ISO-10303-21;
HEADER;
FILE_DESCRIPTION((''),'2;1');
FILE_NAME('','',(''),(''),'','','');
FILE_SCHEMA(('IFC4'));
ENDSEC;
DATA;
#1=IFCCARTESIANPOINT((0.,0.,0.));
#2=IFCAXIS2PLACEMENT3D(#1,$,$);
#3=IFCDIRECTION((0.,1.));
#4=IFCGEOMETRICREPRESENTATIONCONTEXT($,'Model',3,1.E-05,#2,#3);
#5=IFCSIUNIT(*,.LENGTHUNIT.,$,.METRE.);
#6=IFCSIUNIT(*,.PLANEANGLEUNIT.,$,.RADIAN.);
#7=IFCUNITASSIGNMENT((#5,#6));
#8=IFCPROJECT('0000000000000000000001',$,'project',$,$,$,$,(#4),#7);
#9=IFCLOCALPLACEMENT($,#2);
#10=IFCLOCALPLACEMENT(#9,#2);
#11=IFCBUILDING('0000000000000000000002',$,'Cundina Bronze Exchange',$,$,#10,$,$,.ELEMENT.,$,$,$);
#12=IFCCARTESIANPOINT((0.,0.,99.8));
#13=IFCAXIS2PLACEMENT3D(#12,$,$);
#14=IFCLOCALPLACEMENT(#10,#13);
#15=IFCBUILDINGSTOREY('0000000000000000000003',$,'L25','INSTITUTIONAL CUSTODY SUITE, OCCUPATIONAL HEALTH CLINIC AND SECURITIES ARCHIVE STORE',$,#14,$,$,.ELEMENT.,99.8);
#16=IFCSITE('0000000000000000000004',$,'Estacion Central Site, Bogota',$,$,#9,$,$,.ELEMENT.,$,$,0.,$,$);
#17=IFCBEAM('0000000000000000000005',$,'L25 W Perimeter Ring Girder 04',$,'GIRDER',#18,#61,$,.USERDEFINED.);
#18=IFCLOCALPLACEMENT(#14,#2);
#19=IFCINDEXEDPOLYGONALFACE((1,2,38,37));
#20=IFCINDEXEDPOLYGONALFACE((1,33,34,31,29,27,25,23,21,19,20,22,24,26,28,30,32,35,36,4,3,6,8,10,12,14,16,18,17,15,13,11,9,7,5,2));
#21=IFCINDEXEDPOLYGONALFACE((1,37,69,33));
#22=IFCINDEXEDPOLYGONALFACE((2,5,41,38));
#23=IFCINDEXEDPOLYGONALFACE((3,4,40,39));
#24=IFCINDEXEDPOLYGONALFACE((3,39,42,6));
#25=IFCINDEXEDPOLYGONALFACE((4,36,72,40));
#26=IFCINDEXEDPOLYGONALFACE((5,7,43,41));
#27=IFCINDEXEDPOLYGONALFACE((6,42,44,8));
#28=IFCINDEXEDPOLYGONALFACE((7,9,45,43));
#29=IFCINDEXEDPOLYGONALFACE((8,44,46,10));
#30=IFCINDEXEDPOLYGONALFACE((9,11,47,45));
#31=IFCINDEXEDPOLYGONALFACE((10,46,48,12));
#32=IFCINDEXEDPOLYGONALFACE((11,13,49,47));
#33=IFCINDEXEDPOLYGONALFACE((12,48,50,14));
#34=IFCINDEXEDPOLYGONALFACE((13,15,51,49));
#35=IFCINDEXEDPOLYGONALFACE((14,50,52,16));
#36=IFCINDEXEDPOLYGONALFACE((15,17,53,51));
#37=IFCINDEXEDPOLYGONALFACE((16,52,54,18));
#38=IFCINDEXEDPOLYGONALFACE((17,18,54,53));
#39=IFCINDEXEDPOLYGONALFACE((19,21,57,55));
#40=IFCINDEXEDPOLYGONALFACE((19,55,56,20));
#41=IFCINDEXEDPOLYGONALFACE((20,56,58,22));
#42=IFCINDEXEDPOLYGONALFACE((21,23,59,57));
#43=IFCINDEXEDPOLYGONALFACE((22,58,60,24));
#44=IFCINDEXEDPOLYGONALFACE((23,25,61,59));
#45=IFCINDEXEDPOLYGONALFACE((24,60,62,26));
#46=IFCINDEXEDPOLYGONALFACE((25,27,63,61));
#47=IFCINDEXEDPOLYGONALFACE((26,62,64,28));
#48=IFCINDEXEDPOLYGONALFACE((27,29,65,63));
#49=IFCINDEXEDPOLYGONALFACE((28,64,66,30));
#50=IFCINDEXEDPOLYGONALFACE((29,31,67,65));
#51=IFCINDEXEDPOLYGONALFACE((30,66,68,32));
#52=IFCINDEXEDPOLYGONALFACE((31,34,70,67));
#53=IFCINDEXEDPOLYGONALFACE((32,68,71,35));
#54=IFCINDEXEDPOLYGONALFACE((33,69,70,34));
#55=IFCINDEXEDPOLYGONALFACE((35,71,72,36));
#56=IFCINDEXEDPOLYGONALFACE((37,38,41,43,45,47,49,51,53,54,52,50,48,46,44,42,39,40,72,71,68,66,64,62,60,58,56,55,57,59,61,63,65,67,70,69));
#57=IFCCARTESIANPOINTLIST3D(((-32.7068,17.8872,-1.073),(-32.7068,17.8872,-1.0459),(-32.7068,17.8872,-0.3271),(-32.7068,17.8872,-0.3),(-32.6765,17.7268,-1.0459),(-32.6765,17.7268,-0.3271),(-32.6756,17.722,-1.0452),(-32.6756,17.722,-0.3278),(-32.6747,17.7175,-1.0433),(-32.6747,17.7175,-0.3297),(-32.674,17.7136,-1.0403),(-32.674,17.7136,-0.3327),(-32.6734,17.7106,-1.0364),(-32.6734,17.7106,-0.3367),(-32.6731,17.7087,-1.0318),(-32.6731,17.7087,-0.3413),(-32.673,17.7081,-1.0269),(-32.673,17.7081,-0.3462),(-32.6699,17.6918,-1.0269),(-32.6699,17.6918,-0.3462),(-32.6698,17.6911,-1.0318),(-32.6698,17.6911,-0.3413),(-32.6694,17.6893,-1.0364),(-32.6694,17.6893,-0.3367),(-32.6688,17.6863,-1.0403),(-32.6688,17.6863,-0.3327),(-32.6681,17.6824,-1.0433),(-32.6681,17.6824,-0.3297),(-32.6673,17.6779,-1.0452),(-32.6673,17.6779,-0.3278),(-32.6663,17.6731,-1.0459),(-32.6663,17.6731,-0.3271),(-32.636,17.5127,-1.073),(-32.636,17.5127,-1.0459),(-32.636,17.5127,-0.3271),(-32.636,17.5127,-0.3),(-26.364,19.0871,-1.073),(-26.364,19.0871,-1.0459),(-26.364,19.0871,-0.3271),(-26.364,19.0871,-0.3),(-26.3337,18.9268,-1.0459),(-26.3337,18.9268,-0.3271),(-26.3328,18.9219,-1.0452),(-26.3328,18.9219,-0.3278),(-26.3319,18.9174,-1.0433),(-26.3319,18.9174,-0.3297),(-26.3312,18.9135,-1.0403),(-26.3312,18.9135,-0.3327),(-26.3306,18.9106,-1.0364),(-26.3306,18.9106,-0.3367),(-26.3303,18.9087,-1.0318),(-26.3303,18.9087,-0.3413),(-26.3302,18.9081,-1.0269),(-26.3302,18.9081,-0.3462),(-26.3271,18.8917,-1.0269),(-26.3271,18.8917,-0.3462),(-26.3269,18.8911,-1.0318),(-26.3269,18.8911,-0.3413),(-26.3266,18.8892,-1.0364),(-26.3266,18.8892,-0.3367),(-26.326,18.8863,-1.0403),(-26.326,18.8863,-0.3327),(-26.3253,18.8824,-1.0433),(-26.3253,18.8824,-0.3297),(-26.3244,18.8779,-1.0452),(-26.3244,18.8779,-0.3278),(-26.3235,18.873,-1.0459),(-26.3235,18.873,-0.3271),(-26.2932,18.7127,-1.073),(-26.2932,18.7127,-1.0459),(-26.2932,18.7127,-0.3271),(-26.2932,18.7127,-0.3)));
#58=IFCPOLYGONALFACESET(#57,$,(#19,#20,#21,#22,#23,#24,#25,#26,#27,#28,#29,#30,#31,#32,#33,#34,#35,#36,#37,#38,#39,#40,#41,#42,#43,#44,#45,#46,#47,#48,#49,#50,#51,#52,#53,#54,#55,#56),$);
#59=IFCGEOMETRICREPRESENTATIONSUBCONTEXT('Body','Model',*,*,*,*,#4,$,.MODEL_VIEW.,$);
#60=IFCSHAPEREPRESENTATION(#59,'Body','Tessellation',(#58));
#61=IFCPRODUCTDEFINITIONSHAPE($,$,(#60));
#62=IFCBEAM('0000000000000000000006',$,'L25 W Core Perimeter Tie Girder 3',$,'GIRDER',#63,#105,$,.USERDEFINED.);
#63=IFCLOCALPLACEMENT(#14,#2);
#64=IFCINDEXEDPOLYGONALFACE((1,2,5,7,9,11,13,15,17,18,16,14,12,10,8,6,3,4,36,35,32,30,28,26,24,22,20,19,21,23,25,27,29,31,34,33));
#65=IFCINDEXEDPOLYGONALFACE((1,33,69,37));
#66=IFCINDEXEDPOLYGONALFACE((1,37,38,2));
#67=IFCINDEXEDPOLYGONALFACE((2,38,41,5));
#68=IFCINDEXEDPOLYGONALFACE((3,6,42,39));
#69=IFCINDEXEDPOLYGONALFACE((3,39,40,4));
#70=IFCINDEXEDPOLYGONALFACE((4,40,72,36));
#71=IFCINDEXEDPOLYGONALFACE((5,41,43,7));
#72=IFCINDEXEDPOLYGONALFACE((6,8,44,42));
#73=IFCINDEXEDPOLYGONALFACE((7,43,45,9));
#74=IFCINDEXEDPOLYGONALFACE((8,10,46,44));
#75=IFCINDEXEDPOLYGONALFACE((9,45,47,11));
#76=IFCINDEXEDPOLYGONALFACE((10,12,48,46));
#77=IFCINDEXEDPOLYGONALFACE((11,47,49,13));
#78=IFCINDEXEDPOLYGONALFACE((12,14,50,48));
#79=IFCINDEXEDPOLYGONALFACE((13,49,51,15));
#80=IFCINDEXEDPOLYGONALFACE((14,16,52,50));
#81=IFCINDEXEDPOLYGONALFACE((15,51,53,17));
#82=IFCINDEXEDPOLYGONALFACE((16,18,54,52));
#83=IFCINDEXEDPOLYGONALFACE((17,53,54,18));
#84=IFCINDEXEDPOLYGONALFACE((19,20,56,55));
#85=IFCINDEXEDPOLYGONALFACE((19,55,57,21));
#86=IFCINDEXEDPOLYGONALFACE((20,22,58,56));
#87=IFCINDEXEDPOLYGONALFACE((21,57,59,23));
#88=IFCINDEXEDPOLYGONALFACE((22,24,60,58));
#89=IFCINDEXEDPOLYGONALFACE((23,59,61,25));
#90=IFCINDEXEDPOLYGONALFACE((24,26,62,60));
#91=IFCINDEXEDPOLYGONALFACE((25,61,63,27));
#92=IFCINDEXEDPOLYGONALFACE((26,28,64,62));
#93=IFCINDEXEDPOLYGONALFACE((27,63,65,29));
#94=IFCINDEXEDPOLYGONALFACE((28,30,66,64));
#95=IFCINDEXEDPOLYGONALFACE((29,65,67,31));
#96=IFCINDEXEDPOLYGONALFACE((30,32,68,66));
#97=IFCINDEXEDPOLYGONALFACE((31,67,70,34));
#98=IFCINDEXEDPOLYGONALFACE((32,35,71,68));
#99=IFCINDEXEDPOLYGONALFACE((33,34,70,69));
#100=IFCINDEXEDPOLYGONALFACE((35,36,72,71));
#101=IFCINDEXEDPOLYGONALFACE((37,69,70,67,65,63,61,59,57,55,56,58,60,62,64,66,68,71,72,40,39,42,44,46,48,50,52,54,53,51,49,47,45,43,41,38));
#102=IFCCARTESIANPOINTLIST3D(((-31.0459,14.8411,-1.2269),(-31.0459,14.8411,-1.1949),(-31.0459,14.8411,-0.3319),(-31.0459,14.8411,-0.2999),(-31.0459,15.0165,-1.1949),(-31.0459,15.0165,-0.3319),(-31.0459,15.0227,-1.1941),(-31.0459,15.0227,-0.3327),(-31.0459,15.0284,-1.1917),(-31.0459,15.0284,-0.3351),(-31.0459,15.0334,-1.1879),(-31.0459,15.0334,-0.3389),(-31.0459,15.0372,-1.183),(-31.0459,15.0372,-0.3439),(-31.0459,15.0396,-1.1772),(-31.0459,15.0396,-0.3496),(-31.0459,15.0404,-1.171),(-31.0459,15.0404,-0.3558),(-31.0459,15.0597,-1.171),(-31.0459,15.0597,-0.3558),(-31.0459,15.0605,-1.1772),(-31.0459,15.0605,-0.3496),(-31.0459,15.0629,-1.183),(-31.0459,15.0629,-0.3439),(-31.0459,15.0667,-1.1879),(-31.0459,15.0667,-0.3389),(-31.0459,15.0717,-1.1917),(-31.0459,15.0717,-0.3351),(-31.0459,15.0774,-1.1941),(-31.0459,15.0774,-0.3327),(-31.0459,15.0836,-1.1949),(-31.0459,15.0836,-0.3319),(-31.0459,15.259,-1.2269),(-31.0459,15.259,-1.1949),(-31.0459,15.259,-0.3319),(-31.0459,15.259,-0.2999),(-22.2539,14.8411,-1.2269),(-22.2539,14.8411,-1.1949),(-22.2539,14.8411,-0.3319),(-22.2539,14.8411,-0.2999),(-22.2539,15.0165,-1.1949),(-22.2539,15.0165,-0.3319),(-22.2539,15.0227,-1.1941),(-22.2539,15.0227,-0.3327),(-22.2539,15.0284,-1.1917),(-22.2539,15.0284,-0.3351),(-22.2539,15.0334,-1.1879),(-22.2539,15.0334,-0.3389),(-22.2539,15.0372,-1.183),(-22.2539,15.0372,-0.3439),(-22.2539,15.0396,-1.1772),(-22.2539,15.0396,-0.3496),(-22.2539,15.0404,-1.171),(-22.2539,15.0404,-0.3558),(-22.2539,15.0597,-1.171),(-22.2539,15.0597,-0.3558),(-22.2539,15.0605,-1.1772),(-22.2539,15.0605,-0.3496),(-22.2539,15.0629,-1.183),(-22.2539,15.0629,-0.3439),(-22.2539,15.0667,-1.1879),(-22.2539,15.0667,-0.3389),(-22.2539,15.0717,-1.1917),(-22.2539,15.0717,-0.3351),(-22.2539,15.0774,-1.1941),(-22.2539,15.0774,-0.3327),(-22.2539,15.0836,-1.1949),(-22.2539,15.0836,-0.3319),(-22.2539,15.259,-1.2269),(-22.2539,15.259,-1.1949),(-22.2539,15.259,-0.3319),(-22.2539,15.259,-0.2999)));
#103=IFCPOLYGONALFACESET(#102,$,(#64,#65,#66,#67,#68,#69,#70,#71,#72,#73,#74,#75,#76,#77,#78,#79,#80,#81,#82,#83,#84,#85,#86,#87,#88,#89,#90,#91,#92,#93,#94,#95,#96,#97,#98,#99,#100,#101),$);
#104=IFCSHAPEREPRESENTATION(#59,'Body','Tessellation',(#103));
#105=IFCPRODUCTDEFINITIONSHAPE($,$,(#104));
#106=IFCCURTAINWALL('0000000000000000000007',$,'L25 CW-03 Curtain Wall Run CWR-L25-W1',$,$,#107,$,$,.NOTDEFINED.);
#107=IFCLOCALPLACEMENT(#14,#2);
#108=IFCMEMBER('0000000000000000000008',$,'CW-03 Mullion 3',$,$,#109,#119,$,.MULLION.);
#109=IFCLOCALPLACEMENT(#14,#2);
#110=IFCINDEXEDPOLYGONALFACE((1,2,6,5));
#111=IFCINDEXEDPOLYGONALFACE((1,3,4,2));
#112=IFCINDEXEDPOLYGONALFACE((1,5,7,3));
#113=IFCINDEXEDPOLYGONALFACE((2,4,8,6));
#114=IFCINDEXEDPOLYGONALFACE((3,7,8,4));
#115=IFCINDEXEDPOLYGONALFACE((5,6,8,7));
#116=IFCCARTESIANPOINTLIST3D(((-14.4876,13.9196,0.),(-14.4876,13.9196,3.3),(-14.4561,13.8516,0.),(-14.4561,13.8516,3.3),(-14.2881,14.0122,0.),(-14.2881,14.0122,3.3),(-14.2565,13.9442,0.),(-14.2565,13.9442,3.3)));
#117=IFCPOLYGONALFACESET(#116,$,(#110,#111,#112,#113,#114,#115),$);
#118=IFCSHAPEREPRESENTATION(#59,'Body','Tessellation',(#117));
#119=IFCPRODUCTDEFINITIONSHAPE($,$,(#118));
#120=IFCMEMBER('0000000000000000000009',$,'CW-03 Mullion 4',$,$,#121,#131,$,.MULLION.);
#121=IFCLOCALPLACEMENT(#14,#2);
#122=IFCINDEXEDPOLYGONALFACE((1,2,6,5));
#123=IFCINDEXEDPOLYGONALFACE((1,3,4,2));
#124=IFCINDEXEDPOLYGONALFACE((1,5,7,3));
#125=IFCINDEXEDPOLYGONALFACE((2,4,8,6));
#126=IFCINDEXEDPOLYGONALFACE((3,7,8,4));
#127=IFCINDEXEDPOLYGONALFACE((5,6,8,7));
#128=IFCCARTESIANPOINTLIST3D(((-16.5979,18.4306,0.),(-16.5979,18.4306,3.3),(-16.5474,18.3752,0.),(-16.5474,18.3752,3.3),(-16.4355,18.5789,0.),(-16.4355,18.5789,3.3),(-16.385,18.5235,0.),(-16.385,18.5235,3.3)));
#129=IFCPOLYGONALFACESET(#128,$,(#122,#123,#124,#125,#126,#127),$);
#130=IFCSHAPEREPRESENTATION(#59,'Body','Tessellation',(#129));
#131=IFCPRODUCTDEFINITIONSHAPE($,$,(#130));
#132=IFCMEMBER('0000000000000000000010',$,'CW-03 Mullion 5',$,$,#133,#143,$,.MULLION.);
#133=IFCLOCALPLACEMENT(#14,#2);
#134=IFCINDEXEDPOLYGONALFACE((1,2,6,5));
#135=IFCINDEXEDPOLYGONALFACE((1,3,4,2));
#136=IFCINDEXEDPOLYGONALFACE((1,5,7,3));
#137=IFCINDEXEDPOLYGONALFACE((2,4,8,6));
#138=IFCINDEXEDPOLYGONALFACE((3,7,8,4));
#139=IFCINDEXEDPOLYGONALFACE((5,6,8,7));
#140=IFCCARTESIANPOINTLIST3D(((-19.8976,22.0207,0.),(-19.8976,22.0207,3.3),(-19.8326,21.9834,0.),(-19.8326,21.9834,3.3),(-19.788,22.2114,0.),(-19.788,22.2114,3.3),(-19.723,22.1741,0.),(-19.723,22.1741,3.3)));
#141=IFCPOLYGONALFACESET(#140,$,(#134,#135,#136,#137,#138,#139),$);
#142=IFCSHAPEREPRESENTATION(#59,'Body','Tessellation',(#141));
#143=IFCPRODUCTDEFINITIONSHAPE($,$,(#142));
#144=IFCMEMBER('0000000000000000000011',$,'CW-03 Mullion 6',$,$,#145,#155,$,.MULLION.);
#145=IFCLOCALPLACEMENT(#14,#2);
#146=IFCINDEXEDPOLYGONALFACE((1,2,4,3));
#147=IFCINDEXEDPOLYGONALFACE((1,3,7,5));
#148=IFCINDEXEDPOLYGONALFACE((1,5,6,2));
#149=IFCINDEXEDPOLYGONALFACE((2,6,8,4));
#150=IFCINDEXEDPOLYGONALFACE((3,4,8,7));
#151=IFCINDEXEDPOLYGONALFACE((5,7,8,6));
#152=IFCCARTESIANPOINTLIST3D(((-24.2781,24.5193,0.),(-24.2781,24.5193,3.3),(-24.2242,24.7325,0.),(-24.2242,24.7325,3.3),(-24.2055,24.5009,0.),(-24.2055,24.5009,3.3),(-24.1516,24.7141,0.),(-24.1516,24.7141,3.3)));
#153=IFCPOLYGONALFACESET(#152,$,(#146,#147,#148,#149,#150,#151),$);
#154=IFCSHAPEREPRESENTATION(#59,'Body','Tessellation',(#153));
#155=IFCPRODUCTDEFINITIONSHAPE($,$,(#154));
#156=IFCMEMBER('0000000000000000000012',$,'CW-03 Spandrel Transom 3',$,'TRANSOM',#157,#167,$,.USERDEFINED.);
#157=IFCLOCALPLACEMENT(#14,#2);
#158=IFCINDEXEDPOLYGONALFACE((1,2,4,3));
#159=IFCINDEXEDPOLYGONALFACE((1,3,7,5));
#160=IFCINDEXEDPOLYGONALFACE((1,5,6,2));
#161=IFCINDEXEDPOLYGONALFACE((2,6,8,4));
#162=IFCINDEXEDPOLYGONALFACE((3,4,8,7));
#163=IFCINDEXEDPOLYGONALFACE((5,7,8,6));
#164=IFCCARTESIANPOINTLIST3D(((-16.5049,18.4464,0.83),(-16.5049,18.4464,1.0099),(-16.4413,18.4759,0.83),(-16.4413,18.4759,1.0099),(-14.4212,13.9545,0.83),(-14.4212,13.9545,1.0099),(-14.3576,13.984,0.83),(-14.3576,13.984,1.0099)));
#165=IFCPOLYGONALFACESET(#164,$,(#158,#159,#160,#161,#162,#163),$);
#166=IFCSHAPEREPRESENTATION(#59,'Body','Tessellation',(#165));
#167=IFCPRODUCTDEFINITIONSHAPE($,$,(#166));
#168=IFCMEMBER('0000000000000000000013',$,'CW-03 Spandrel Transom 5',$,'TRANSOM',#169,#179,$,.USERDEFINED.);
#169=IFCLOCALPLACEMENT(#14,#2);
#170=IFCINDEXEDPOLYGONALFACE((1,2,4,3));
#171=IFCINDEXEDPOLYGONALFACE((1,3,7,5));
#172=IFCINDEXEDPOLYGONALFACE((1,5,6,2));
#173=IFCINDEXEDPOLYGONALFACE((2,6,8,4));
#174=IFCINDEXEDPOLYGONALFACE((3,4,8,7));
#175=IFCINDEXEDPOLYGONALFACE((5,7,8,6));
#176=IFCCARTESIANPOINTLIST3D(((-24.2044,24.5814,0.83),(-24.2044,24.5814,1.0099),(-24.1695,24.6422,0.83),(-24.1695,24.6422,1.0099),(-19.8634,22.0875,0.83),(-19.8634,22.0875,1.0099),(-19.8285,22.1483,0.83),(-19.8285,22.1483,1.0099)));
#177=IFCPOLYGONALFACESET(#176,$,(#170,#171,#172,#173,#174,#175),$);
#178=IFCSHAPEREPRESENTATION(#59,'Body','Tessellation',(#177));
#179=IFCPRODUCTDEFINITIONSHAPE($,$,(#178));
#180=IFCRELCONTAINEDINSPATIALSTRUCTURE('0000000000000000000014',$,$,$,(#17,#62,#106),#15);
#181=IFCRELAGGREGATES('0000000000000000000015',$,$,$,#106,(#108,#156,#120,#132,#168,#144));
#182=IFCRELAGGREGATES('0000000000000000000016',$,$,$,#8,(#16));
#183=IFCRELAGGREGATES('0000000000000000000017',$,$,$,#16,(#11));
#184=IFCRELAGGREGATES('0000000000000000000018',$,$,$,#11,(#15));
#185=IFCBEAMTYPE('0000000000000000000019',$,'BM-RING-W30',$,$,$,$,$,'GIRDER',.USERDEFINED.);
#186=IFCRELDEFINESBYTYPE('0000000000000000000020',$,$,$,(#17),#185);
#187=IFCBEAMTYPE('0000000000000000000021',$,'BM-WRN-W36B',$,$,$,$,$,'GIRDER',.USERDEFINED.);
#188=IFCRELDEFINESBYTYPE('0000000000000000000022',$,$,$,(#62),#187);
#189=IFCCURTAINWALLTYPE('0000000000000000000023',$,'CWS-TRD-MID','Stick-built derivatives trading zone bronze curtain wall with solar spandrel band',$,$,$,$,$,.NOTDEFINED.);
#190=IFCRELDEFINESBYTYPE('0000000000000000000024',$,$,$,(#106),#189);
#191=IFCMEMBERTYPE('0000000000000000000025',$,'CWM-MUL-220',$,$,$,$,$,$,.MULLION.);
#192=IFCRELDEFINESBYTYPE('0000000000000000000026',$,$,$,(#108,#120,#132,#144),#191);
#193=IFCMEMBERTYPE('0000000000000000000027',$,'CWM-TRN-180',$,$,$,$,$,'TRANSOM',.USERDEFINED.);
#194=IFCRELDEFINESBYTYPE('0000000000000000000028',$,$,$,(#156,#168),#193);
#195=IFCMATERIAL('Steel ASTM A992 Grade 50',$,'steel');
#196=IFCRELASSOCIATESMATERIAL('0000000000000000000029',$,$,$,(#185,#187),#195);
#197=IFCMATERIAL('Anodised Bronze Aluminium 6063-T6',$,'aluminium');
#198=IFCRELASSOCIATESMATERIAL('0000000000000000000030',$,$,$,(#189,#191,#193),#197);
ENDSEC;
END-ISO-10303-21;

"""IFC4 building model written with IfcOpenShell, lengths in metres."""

from ifc_helpers import new_model, si_unit, direction, frame, origin, origin_2d, place, context, subcontext, project, spatial, rectangle, i_section, extrude, material, material_profile, profile_set, type_object, element, aggregate, save


model = new_model("IFC4")

# Units and contexts
model_context = context("Model", 3, precision=1e-05, world=origin(), true_north=direction((0.0, 1.0)))
body_context = subcontext(model_context, "Body", "Model", "MODEL_VIEW")
ifc_project = project(units=[si_unit("LENGTHUNIT", "METRE"), si_unit("PLANEANGLEUNIT", "RADIAN")], contexts=[model_context])

# Site, building, storey
site_placement = place(None, origin())
site = spatial("IfcSite", under=ifc_project, at=site_placement, Name="Estacion Central Site, Bogota", CompositionType="ELEMENT", RefElevation=0.0)
building_placement = place(site_placement, origin())
building = spatial("IfcBuilding", under=site, at=building_placement, Name="Cundina Bronze Exchange", CompositionType="ELEMENT")
storey_placement = place(building_placement, frame((0.0, 0.0, 99.8)))
storey = spatial("IfcBuildingStorey", under=building, at=storey_placement, Name="L25", Description="INSTITUTIONAL CUSTODY SUITE, OCCUPATIONAL HEALTH CLINIC AND SECURITIES ARCHIVE STORE", CompositionType="ELEMENT", Elevation=99.8)

# Shared definitions
ifc_material_1 = material(Name="Steel ASTM A992 Grade 50", Category="steel")

# Beams
ifc_material_profile_1 = material_profile(ifc_material_1, i_section(OverallWidth=0.3811, OverallDepth=0.7729, WebThickness=0.0166, FlangeThickness=0.0271, FilletRadius=0.019, at=origin_2d()), Name="W30X173", Category="steel")
ifc_profile_set_1 = profile_set([ifc_material_profile_1], Name="Steel ASTM A992 Grade 50")
beam_type_1 = type_object("IfcBeamType", Name="BM-RING-W30", ElementType="GIRDER", PredefinedType="USERDEFINED", material=ifc_profile_set_1)
beam_1_placement = place(storey_placement, frame((-26.3286, 18.8999, -0.6865), z_axis=(-0.982571, -0.185887, 0.0), x_axis=(0.185887, -0.982571, 0.0)))
element("IfcBeam", 1, at=beam_1_placement, inside=storey, type_object=beam_type_1, Name="L25 W Perimeter Ring Girder 04", ObjectType="GIRDER", PredefinedType="USERDEFINED", context=body_context, shape_type="SweptSolid", body=[
    extrude(i_section(OverallWidth=0.3811, OverallDepth=0.7729, WebThickness=0.0166, FlangeThickness=0.0271, FilletRadius=0.019, at=origin_2d()), origin(), (0.0, 0.0, 1.0), 6.4553),
])
ifc_material_profile_2 = material_profile(ifc_material_1, i_section(OverallWidth=0.418, OverallDepth=0.927, WebThickness=0.0193, FlangeThickness=0.032, FilletRadius=0.0239, at=origin_2d()), Name="W36X231", Category="steel")
ifc_profile_set_2 = profile_set([ifc_material_profile_2], Name="Steel ASTM A992 Grade 50")
beam_type_2 = type_object("IfcBeamType", Name="BM-WRN-W36B", ElementType="GIRDER", PredefinedType="USERDEFINED", material=ifc_profile_set_2)
beam_2_placement = place(storey_placement, frame((-22.2539, 15.05, -0.7634), z_axis=(-1.0, 0.0, 0.0), x_axis=(0.0, -1.0, 0.0)))
element("IfcBeam", 2, at=beam_2_placement, inside=storey, type_object=beam_type_2, Name="L25 W Core Perimeter Tie Girder 3", ObjectType="GIRDER", PredefinedType="USERDEFINED", context=body_context, shape_type="SweptSolid", body=[
    extrude(i_section(OverallWidth=0.418, OverallDepth=0.927, WebThickness=0.0193, FlangeThickness=0.032, FilletRadius=0.0239, at=origin_2d()), origin(), (0.0, 0.0, 1.0), 8.792),
])

# Curtain wall, members
ifc_material_2 = material(Name="Anodised Bronze Aluminium 6063-T6", Category="aluminium")
curtain_wall_type = type_object("IfcCurtainWallType", Name="CWS-TRD-MID", Description="Stick-built derivatives trading zone bronze curtain wall with solar spandrel band", PredefinedType="NOTDEFINED", material=ifc_material_2)
curtain_wall_placement = place(storey_placement, origin())
curtain_wall = element("IfcCurtainWall", 3, at=curtain_wall_placement, inside=storey, type_object=curtain_wall_type, Name="L25 CW-03 Curtain Wall Run CWR-L25-W1", PredefinedType="NOTDEFINED")
ifc_material_profile_3 = material_profile(ifc_material_2, rectangle(XDim=0.075, YDim=0.22, at=origin_2d()), Name="AL75X220", Category="aluminium")
ifc_profile_set_3 = profile_set([ifc_material_profile_3], Name="Anodised Bronze Aluminium 6063-T6")
member_type_1 = type_object("IfcMemberType", Name="CWM-MUL-220", PredefinedType="MULLION", material=ifc_profile_set_3)
member_1_placement = place(storey_placement, frame((-14.3721, 13.9319, 0.0), z_axis=(0.0, 0.0, 1.0), x_axis=(-0.420877, 0.907117, 0.0)))
member_1 = element("IfcMember", 4, at=member_1_placement, type_object=member_type_1, Name="CW-03 Mullion 3", PredefinedType="MULLION", context=body_context, shape_type="SweptSolid", body=[
    extrude(rectangle(XDim=0.075, YDim=0.22, at=origin_2d()), origin(), (0.0, 0.0, 1.0), 3.3),
])
member_2_placement = place(storey_placement, frame((-16.4915, 18.4771, 0.0), z_axis=(0.0, 0.0, 1.0), x_axis=(-0.674302, 0.738455, 0.0)))
member_2 = element("IfcMember", 5, at=member_2_placement, type_object=member_type_1, Name="CW-03 Mullion 4", PredefinedType="MULLION", context=body_context, shape_type="SweptSolid", body=[
    extrude(rectangle(XDim=0.075, YDim=0.22, at=origin_2d()), origin(), (0.0, 0.0, 1.0), 3.3),
])
member_3_placement = place(storey_placement, frame((-19.8103, 22.0974, 0.0), z_axis=(0.0, 0.0, 1.0), x_axis=(-0.867071, 0.498185, 0.0)))
member_3 = element("IfcMember", 6, at=member_3_placement, type_object=member_type_1, Name="CW-03 Mullion 5", PredefinedType="MULLION", context=body_context, shape_type="SweptSolid", body=[
    extrude(rectangle(XDim=0.075, YDim=0.22, at=origin_2d()), origin(), (0.0, 0.0, 1.0), 3.3),
])
member_4_placement = place(storey_placement, frame((-24.2148, 24.6167, 0.0), z_axis=(0.0, 0.0, 1.0), x_axis=(-0.969488, 0.245138, 0.0)))
member_4 = element("IfcMember", 7, at=member_4_placement, type_object=member_type_1, Name="CW-03 Mullion 6", PredefinedType="MULLION", context=body_context, shape_type="SweptSolid", body=[
    extrude(rectangle(XDim=0.075, YDim=0.22, at=origin_2d()), origin(), (0.0, 0.0, 1.0), 3.3),
])
ifc_material_profile_4 = material_profile(ifc_material_2, rectangle(XDim=0.0701, YDim=0.1799, at=origin_2d()), Name="AL70X180", Category="aluminium")
ifc_profile_set_4 = profile_set([ifc_material_profile_4], Name="Anodised Bronze Aluminium 6063-T6")
member_type_2 = type_object("IfcMemberType", Name="CWM-TRN-180", ElementType="TRANSOM", PredefinedType="USERDEFINED", material=ifc_profile_set_4)
member_5_placement = place(storey_placement, frame((-14.3894, 13.9692, 0.9199), z_axis=(-0.420811, 0.907148, 0.0), x_axis=(-0.907148, -0.420811, 0.0)))
member_5 = element("IfcMember", 8, at=member_5_placement, type_object=member_type_2, Name="CW-03 Spandrel Transom 3", ObjectType="TRANSOM", PredefinedType="USERDEFINED", context=body_context, shape_type="SweptSolid", body=[
    extrude(rectangle(XDim=0.0701, YDim=0.1799, at=origin_2d()), origin(), (0.0, 0.0, 1.0), 4.9517),
])
member_6_placement = place(storey_placement, frame((-19.8459, 22.1179, 0.9199), z_axis=(-0.867097, 0.498139, 0.0), x_axis=(-0.498139, -0.867097, 0.0)))
member_6 = element("IfcMember", 9, at=member_6_placement, type_object=member_type_2, Name="CW-03 Spandrel Transom 5", ObjectType="TRANSOM", PredefinedType="USERDEFINED", context=body_context, shape_type="SweptSolid", body=[
    extrude(rectangle(XDim=0.0701, YDim=0.1799, at=origin_2d()), origin(), (0.0, 0.0, 1.0), 5.0063),
])
aggregate(curtain_wall, [member_1, member_5, member_2, member_3, member_6, member_4])

save(model, "model.ifc")
